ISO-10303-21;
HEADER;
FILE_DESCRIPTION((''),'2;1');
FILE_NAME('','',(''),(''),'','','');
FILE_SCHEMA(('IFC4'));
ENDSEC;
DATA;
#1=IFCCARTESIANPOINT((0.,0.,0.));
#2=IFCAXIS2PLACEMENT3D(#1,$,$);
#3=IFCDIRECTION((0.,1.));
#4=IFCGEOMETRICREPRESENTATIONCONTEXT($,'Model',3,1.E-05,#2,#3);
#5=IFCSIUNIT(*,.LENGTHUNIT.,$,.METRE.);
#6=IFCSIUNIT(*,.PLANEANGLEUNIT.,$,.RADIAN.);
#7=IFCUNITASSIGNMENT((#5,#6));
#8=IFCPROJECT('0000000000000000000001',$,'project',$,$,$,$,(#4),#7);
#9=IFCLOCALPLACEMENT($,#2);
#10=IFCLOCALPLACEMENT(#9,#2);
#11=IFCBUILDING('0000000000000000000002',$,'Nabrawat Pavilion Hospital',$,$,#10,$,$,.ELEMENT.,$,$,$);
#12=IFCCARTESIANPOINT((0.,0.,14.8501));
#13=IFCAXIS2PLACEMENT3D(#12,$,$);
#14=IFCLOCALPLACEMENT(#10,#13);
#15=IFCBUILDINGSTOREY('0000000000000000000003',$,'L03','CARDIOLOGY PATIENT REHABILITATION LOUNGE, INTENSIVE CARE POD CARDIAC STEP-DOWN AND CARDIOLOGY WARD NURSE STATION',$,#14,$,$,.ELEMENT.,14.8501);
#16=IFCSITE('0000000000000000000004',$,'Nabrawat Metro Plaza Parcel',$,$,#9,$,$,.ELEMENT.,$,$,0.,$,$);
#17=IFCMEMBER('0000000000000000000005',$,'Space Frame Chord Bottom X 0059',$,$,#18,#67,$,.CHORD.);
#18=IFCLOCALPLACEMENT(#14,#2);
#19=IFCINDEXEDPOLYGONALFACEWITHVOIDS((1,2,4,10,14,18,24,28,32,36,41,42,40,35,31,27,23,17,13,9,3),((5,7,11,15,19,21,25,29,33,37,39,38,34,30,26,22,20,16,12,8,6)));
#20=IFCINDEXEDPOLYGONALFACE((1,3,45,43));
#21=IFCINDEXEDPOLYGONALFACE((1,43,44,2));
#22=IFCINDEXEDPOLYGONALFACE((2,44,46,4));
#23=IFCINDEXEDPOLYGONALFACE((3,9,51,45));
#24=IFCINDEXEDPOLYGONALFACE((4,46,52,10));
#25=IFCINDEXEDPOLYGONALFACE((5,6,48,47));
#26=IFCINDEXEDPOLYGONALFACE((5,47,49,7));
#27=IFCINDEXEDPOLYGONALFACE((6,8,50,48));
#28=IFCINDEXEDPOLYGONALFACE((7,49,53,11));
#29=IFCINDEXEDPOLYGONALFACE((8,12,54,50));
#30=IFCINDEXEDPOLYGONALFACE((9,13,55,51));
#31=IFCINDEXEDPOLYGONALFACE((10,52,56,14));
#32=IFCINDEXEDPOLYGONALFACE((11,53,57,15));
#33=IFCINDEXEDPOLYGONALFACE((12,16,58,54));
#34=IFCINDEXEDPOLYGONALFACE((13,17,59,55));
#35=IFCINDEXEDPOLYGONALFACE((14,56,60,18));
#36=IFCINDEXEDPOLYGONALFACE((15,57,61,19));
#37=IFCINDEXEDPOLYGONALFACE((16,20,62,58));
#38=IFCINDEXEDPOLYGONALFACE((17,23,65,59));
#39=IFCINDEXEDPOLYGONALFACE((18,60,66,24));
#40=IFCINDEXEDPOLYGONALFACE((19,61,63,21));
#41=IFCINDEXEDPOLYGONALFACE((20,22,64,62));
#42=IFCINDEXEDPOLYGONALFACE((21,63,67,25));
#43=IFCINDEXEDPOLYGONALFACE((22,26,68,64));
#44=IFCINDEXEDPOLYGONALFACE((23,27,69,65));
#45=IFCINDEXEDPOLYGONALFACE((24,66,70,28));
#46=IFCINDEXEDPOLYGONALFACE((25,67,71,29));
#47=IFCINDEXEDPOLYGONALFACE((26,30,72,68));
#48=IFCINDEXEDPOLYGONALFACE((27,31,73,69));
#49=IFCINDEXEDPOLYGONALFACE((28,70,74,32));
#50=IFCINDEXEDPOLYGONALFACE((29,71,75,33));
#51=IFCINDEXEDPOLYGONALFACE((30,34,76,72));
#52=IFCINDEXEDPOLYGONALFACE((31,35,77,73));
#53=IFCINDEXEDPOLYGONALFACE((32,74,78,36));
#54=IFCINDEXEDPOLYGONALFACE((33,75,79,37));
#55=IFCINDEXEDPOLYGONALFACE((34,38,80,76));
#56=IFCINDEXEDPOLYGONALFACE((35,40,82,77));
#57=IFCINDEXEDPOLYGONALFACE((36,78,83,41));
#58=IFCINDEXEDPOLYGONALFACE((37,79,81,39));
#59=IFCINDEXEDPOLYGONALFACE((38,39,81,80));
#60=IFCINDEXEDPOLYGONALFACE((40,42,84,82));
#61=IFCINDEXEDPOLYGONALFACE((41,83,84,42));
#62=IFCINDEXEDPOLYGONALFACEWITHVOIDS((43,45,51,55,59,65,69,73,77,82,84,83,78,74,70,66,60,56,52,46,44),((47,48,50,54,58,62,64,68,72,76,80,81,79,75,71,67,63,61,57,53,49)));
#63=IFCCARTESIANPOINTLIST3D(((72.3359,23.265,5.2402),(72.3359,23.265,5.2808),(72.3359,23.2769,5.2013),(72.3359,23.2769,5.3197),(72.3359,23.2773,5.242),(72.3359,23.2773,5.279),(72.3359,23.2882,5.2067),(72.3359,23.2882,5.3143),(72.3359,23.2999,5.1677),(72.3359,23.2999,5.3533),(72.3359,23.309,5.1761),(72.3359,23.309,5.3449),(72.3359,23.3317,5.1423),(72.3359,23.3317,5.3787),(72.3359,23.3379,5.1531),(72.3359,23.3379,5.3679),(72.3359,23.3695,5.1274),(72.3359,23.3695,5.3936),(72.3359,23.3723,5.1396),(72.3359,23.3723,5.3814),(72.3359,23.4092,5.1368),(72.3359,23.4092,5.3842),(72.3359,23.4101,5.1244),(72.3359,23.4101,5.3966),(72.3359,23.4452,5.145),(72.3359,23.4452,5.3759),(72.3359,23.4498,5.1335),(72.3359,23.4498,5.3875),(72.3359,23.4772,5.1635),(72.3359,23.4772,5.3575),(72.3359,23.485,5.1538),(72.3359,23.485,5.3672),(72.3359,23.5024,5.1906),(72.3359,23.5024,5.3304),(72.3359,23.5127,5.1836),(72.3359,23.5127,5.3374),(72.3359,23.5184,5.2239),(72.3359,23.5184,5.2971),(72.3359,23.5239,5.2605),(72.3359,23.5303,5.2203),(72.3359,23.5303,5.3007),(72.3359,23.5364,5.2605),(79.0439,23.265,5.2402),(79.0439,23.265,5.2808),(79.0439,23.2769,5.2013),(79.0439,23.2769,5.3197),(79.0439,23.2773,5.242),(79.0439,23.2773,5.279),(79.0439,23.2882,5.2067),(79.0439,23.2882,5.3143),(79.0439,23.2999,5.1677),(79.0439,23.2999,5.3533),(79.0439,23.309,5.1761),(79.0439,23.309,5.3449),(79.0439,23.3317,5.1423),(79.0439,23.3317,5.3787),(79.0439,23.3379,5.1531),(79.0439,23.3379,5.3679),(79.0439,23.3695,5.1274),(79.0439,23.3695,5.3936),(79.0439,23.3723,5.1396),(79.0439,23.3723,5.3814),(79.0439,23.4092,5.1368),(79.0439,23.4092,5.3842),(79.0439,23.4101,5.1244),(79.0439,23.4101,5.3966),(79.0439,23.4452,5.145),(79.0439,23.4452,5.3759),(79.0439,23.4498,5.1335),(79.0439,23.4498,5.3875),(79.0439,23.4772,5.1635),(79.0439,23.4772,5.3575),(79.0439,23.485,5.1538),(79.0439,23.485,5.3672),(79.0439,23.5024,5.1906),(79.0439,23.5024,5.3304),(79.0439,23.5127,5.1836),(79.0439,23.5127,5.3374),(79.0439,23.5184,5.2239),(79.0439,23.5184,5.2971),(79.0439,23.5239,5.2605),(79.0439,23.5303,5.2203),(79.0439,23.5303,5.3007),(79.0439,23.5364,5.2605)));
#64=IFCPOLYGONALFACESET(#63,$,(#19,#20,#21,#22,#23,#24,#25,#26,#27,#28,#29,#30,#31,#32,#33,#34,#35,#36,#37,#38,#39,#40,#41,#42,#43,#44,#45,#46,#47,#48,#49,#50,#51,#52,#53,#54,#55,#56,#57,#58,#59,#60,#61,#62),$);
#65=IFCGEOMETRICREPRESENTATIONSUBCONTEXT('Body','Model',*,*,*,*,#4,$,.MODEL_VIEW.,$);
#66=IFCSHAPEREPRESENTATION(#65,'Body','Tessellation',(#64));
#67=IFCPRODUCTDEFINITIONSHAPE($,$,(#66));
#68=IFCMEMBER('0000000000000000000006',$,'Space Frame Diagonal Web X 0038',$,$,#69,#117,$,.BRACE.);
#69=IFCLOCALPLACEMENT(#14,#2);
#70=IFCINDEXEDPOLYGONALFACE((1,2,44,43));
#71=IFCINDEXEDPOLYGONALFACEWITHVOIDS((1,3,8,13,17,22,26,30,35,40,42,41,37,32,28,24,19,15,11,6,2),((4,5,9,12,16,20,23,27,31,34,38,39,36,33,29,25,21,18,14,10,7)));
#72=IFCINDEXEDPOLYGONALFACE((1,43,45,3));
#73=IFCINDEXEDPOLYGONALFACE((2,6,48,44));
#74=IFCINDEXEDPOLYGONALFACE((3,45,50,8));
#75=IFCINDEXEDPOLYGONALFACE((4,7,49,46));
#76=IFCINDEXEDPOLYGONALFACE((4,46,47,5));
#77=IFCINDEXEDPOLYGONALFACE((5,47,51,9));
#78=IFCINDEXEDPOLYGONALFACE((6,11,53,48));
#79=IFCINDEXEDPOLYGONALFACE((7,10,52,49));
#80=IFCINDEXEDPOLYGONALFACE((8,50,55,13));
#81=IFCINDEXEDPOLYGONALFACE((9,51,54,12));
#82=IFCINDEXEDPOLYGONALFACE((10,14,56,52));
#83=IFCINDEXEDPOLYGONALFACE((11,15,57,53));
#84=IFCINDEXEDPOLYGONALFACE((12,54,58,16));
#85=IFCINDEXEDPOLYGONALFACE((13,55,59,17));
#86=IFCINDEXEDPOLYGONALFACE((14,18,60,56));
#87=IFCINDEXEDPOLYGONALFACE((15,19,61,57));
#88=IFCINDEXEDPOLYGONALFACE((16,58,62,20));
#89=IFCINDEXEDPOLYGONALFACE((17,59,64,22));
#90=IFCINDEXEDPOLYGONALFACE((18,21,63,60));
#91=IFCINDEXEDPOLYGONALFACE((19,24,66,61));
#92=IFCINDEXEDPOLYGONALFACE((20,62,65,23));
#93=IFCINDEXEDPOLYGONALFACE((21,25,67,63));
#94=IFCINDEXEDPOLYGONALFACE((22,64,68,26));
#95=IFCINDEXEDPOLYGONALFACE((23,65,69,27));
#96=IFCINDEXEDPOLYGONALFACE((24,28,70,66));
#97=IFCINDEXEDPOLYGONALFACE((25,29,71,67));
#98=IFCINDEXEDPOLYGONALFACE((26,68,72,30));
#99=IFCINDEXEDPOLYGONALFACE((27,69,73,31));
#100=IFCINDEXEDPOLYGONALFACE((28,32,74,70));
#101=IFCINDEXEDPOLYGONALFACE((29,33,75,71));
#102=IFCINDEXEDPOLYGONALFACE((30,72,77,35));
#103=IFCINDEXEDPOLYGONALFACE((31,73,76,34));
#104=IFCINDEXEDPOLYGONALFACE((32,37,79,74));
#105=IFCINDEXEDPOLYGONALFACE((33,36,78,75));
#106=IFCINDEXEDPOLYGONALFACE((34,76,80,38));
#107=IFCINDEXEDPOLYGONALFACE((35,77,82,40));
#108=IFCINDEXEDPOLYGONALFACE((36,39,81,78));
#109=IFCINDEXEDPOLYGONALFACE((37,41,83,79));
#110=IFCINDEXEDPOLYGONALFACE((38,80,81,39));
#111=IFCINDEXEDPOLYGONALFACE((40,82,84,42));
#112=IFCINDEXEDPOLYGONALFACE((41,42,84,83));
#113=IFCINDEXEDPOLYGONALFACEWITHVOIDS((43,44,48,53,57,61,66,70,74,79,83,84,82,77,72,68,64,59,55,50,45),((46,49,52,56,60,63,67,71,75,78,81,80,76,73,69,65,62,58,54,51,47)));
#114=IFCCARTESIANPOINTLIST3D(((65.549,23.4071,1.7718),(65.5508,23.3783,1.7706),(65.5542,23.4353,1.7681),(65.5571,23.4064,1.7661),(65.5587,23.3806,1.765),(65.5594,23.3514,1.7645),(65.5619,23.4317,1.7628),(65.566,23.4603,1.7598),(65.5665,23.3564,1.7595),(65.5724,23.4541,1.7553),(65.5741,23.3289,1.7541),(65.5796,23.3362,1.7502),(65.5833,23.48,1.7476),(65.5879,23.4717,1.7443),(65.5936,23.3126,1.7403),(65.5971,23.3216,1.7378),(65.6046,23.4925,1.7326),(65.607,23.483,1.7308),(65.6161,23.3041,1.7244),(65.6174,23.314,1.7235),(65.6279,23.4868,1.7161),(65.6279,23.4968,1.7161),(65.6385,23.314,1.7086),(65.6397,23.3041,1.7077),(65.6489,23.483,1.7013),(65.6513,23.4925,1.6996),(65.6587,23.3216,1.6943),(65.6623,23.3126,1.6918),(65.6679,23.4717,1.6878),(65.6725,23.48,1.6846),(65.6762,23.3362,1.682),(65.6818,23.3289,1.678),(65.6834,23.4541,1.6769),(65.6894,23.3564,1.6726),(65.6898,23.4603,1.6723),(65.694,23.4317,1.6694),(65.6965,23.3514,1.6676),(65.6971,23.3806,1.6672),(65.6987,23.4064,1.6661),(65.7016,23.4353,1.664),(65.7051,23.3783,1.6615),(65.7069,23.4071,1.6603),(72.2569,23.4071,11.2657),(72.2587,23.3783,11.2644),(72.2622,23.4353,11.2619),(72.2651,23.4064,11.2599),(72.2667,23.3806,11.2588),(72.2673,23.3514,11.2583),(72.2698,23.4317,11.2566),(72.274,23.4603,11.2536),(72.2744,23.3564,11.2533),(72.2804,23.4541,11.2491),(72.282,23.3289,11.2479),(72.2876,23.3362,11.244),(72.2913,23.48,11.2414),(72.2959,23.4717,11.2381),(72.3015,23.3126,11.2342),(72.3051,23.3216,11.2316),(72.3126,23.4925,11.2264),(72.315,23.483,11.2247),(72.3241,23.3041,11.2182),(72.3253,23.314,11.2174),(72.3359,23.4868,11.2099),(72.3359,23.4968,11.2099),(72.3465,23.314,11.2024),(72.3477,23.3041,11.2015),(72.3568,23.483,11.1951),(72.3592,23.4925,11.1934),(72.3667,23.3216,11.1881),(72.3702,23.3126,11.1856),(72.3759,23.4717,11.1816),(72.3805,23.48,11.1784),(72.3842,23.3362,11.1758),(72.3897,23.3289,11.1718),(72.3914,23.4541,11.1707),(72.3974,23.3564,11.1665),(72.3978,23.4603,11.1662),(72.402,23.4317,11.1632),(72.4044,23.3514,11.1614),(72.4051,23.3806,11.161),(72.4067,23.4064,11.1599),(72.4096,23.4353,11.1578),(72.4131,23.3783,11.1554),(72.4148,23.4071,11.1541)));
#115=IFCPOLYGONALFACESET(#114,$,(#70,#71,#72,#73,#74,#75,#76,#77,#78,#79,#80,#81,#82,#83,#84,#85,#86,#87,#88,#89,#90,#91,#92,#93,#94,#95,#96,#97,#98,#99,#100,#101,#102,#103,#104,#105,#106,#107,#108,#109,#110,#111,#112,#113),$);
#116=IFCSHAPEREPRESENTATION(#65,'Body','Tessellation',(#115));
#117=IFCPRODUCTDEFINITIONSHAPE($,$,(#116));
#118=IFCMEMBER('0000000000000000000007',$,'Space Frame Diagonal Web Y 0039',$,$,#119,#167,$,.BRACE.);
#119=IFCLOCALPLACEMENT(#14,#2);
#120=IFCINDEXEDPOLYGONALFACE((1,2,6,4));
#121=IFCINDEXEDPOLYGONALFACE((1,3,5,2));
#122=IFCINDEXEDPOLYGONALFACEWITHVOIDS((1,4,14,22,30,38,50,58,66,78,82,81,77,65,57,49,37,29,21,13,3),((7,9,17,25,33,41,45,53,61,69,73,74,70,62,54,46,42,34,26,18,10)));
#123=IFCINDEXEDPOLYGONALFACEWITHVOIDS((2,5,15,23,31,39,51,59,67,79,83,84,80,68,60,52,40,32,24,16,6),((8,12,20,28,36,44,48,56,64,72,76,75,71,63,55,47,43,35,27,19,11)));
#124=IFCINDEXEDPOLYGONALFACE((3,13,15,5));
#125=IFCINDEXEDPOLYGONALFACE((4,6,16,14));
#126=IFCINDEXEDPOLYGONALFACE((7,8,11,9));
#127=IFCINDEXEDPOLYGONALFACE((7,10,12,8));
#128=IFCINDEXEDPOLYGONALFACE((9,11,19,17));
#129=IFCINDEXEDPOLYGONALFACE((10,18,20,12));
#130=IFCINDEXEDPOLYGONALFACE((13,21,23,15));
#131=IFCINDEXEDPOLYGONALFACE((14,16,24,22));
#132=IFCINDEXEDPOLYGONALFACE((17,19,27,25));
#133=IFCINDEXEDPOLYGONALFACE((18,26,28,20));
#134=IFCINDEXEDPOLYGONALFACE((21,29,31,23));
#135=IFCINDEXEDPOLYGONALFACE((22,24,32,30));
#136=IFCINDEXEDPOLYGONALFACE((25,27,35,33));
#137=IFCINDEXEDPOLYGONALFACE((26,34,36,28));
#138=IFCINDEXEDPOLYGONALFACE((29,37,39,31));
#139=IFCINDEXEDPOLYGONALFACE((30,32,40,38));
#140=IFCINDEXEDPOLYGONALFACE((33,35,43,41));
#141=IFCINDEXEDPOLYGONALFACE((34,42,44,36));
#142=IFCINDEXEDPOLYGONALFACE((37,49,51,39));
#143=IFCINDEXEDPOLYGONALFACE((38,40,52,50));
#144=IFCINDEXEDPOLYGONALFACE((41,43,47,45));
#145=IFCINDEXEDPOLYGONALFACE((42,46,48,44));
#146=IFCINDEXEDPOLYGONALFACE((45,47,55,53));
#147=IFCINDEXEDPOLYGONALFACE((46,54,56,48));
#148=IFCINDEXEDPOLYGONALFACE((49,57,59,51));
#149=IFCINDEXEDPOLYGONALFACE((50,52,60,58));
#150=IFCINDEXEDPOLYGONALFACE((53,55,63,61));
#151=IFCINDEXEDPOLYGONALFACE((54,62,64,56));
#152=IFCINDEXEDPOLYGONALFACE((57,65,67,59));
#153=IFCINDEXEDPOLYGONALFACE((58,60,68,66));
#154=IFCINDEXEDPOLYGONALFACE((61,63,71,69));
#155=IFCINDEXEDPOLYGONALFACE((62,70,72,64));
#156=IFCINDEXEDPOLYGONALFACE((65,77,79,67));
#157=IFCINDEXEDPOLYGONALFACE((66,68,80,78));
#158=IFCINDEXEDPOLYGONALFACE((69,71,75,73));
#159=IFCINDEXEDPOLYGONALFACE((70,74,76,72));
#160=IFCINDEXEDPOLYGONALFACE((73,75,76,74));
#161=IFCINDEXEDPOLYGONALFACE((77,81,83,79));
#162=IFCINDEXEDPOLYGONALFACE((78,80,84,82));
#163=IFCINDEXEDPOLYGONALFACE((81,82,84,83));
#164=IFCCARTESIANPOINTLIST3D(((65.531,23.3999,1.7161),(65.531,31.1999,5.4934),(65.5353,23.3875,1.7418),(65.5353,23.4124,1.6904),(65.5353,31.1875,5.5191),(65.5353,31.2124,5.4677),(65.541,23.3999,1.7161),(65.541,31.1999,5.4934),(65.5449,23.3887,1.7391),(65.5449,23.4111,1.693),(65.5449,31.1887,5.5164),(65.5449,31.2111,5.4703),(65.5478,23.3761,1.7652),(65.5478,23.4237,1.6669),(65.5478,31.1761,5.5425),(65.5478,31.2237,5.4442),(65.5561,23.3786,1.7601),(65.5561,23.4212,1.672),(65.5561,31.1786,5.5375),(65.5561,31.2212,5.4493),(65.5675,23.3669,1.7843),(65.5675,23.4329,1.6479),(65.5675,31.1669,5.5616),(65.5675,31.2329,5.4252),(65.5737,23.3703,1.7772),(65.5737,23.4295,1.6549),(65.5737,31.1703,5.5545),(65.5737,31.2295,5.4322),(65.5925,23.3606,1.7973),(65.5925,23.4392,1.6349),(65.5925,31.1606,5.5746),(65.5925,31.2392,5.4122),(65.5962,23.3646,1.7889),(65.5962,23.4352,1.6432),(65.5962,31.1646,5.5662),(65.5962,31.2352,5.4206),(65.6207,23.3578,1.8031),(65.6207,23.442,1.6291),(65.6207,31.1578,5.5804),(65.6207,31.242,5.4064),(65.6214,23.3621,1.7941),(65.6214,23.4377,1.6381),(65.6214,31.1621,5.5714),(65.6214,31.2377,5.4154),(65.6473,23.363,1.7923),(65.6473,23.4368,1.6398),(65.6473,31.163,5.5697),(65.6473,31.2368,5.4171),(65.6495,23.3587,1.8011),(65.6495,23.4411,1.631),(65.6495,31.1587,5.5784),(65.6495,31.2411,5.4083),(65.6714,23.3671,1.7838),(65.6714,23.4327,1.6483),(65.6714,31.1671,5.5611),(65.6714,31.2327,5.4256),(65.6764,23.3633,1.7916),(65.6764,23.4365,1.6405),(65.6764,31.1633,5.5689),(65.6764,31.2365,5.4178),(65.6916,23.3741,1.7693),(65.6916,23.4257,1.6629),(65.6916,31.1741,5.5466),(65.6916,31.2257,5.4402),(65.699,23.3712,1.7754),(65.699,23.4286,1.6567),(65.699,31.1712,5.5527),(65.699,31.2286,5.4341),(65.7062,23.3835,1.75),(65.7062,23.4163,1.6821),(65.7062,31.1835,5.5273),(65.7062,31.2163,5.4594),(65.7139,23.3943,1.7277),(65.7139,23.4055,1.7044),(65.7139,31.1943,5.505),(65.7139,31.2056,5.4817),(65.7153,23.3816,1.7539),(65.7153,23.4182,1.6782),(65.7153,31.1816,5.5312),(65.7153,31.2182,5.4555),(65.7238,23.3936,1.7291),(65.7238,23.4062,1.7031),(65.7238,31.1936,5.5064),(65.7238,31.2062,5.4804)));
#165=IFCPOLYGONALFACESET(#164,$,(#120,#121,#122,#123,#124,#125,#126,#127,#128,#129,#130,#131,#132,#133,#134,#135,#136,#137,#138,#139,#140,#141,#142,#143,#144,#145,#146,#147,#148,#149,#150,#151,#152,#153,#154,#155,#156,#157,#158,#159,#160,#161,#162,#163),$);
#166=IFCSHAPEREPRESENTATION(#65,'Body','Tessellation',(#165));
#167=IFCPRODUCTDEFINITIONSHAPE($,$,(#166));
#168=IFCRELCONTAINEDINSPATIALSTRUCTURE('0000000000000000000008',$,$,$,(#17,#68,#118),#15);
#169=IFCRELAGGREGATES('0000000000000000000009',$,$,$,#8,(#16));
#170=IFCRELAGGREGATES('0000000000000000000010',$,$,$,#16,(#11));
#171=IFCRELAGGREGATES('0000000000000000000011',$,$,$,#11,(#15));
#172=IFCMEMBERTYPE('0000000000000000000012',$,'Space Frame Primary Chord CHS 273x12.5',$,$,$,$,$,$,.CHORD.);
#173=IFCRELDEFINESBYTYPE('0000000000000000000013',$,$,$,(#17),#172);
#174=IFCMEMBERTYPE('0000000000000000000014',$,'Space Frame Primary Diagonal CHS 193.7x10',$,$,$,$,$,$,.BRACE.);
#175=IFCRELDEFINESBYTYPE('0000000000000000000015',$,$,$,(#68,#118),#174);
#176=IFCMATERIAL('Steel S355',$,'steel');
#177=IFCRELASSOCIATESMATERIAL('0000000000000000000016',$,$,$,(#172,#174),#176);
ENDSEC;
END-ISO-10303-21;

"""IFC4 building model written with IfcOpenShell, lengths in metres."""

from ifc_helpers import new_model, si_unit, direction, frame, origin, origin_2d, place, context, subcontext, project, spatial, hollow_circle, extrude, material, material_profile, profile_set, type_object, element, save


model = new_model("IFC4")

# Units and contexts
model_context = context("Model", 3, precision=1e-05, world=origin(), true_north=direction((0.0, 1.0)))
body_context = subcontext(model_context, "Body", "Model", "MODEL_VIEW")
ifc_project = project(units=[si_unit("LENGTHUNIT", "METRE"), si_unit("PLANEANGLEUNIT", "RADIAN")], contexts=[model_context])

# Site, building, storey
site_placement = place(None, origin())
site = spatial("IfcSite", under=ifc_project, at=site_placement, Name="Nabrawat Metro Plaza Parcel", CompositionType="ELEMENT", RefElevation=0.0)
building_placement = place(site_placement, origin())
building = spatial("IfcBuilding", under=site, at=building_placement, Name="Nabrawat Pavilion Hospital", CompositionType="ELEMENT")
storey_placement = place(building_placement, frame((0.0, 0.0, 14.8501)))
storey = spatial("IfcBuildingStorey", under=building, at=storey_placement, Name="L03", Description="CARDIOLOGY PATIENT REHABILITATION LOUNGE, INTENSIVE CARE POD CARDIAC STEP-DOWN AND CARDIOLOGY WARD NURSE STATION", CompositionType="ELEMENT", Elevation=14.8501)

# Members
ifc_material = material(Name="Steel S355", Category="steel")
ifc_material_profile_1 = material_profile(ifc_material, hollow_circle(Radius=0.1365, WallThickness=0.0125, at=origin_2d()), Name="CHS 273x12.5")
ifc_profile_set_1 = profile_set([ifc_material_profile_1], Name="Steel S355")
member_type_1 = type_object("IfcMemberType", Name="Space Frame Primary Chord CHS 273x12.5", PredefinedType="CHORD", material=ifc_profile_set_1)
for number, where, z_axis, x_axis, name in (
    (1, (72.3359, 23.3999, 5.2605), (1.0, 0.0, 0.0), (0.0, 1.0, 0.0), "Space Frame Chord Bottom X 0059"),
):
    element("IfcMember", number, at=place(storey_placement, frame(where, z_axis=z_axis, x_axis=x_axis)), inside=storey, type_object=member_type_1, Name=name, PredefinedType="CHORD", context=body_context, shape_type="SweptSolid", body=[
        extrude(hollow_circle(Radius=0.1365, WallThickness=0.0125, at=origin_2d()), origin(), (0.0, 0.0, 1.0), 6.708),
    ])
ifc_material_profile_2 = material_profile(ifc_material, hollow_circle(Radius=0.0969, WallThickness=0.01, at=origin_2d()), Name="CHS 193.7x10")
ifc_profile_set_2 = profile_set([ifc_material_profile_2], Name="Steel S355")
member_type_2 = type_object("IfcMemberType", Name="Space Frame Primary Diagonal CHS 193.7x10", PredefinedType="BRACE", material=ifc_profile_set_2)
member_1_placement = place(storey_placement, frame((65.6279, 23.3999, 1.7161), z_axis=(0.577053, 0.0, 0.816707), x_axis=(0.0, 1.0, 0.0)))
element("IfcMember", 2, at=member_1_placement, inside=storey, type_object=member_type_2, Name="Space Frame Diagonal Web X 0038", PredefinedType="BRACE", context=body_context, shape_type="SweptSolid", body=[
    extrude(hollow_circle(Radius=0.0969, WallThickness=0.01, at=origin_2d()), origin(), (0.0, 0.0, 1.0), 11.6245),
])
member_2_placement = place(storey_placement, frame((65.6279, 23.3999, 1.7161), z_axis=(0.0, 0.900018, 0.435853), x_axis=(-1.0, 0.0, 0.0)))
element("IfcMember", 3, at=member_2_placement, inside=storey, type_object=member_type_2, Name="Space Frame Diagonal Web Y 0039", PredefinedType="BRACE", context=body_context, shape_type="SweptSolid", body=[
    extrude(hollow_circle(Radius=0.0969, WallThickness=0.01, at=origin_2d()), origin(), (0.0, 0.0, 1.0), 8.6665),
])

save(model, "model.ifc")
